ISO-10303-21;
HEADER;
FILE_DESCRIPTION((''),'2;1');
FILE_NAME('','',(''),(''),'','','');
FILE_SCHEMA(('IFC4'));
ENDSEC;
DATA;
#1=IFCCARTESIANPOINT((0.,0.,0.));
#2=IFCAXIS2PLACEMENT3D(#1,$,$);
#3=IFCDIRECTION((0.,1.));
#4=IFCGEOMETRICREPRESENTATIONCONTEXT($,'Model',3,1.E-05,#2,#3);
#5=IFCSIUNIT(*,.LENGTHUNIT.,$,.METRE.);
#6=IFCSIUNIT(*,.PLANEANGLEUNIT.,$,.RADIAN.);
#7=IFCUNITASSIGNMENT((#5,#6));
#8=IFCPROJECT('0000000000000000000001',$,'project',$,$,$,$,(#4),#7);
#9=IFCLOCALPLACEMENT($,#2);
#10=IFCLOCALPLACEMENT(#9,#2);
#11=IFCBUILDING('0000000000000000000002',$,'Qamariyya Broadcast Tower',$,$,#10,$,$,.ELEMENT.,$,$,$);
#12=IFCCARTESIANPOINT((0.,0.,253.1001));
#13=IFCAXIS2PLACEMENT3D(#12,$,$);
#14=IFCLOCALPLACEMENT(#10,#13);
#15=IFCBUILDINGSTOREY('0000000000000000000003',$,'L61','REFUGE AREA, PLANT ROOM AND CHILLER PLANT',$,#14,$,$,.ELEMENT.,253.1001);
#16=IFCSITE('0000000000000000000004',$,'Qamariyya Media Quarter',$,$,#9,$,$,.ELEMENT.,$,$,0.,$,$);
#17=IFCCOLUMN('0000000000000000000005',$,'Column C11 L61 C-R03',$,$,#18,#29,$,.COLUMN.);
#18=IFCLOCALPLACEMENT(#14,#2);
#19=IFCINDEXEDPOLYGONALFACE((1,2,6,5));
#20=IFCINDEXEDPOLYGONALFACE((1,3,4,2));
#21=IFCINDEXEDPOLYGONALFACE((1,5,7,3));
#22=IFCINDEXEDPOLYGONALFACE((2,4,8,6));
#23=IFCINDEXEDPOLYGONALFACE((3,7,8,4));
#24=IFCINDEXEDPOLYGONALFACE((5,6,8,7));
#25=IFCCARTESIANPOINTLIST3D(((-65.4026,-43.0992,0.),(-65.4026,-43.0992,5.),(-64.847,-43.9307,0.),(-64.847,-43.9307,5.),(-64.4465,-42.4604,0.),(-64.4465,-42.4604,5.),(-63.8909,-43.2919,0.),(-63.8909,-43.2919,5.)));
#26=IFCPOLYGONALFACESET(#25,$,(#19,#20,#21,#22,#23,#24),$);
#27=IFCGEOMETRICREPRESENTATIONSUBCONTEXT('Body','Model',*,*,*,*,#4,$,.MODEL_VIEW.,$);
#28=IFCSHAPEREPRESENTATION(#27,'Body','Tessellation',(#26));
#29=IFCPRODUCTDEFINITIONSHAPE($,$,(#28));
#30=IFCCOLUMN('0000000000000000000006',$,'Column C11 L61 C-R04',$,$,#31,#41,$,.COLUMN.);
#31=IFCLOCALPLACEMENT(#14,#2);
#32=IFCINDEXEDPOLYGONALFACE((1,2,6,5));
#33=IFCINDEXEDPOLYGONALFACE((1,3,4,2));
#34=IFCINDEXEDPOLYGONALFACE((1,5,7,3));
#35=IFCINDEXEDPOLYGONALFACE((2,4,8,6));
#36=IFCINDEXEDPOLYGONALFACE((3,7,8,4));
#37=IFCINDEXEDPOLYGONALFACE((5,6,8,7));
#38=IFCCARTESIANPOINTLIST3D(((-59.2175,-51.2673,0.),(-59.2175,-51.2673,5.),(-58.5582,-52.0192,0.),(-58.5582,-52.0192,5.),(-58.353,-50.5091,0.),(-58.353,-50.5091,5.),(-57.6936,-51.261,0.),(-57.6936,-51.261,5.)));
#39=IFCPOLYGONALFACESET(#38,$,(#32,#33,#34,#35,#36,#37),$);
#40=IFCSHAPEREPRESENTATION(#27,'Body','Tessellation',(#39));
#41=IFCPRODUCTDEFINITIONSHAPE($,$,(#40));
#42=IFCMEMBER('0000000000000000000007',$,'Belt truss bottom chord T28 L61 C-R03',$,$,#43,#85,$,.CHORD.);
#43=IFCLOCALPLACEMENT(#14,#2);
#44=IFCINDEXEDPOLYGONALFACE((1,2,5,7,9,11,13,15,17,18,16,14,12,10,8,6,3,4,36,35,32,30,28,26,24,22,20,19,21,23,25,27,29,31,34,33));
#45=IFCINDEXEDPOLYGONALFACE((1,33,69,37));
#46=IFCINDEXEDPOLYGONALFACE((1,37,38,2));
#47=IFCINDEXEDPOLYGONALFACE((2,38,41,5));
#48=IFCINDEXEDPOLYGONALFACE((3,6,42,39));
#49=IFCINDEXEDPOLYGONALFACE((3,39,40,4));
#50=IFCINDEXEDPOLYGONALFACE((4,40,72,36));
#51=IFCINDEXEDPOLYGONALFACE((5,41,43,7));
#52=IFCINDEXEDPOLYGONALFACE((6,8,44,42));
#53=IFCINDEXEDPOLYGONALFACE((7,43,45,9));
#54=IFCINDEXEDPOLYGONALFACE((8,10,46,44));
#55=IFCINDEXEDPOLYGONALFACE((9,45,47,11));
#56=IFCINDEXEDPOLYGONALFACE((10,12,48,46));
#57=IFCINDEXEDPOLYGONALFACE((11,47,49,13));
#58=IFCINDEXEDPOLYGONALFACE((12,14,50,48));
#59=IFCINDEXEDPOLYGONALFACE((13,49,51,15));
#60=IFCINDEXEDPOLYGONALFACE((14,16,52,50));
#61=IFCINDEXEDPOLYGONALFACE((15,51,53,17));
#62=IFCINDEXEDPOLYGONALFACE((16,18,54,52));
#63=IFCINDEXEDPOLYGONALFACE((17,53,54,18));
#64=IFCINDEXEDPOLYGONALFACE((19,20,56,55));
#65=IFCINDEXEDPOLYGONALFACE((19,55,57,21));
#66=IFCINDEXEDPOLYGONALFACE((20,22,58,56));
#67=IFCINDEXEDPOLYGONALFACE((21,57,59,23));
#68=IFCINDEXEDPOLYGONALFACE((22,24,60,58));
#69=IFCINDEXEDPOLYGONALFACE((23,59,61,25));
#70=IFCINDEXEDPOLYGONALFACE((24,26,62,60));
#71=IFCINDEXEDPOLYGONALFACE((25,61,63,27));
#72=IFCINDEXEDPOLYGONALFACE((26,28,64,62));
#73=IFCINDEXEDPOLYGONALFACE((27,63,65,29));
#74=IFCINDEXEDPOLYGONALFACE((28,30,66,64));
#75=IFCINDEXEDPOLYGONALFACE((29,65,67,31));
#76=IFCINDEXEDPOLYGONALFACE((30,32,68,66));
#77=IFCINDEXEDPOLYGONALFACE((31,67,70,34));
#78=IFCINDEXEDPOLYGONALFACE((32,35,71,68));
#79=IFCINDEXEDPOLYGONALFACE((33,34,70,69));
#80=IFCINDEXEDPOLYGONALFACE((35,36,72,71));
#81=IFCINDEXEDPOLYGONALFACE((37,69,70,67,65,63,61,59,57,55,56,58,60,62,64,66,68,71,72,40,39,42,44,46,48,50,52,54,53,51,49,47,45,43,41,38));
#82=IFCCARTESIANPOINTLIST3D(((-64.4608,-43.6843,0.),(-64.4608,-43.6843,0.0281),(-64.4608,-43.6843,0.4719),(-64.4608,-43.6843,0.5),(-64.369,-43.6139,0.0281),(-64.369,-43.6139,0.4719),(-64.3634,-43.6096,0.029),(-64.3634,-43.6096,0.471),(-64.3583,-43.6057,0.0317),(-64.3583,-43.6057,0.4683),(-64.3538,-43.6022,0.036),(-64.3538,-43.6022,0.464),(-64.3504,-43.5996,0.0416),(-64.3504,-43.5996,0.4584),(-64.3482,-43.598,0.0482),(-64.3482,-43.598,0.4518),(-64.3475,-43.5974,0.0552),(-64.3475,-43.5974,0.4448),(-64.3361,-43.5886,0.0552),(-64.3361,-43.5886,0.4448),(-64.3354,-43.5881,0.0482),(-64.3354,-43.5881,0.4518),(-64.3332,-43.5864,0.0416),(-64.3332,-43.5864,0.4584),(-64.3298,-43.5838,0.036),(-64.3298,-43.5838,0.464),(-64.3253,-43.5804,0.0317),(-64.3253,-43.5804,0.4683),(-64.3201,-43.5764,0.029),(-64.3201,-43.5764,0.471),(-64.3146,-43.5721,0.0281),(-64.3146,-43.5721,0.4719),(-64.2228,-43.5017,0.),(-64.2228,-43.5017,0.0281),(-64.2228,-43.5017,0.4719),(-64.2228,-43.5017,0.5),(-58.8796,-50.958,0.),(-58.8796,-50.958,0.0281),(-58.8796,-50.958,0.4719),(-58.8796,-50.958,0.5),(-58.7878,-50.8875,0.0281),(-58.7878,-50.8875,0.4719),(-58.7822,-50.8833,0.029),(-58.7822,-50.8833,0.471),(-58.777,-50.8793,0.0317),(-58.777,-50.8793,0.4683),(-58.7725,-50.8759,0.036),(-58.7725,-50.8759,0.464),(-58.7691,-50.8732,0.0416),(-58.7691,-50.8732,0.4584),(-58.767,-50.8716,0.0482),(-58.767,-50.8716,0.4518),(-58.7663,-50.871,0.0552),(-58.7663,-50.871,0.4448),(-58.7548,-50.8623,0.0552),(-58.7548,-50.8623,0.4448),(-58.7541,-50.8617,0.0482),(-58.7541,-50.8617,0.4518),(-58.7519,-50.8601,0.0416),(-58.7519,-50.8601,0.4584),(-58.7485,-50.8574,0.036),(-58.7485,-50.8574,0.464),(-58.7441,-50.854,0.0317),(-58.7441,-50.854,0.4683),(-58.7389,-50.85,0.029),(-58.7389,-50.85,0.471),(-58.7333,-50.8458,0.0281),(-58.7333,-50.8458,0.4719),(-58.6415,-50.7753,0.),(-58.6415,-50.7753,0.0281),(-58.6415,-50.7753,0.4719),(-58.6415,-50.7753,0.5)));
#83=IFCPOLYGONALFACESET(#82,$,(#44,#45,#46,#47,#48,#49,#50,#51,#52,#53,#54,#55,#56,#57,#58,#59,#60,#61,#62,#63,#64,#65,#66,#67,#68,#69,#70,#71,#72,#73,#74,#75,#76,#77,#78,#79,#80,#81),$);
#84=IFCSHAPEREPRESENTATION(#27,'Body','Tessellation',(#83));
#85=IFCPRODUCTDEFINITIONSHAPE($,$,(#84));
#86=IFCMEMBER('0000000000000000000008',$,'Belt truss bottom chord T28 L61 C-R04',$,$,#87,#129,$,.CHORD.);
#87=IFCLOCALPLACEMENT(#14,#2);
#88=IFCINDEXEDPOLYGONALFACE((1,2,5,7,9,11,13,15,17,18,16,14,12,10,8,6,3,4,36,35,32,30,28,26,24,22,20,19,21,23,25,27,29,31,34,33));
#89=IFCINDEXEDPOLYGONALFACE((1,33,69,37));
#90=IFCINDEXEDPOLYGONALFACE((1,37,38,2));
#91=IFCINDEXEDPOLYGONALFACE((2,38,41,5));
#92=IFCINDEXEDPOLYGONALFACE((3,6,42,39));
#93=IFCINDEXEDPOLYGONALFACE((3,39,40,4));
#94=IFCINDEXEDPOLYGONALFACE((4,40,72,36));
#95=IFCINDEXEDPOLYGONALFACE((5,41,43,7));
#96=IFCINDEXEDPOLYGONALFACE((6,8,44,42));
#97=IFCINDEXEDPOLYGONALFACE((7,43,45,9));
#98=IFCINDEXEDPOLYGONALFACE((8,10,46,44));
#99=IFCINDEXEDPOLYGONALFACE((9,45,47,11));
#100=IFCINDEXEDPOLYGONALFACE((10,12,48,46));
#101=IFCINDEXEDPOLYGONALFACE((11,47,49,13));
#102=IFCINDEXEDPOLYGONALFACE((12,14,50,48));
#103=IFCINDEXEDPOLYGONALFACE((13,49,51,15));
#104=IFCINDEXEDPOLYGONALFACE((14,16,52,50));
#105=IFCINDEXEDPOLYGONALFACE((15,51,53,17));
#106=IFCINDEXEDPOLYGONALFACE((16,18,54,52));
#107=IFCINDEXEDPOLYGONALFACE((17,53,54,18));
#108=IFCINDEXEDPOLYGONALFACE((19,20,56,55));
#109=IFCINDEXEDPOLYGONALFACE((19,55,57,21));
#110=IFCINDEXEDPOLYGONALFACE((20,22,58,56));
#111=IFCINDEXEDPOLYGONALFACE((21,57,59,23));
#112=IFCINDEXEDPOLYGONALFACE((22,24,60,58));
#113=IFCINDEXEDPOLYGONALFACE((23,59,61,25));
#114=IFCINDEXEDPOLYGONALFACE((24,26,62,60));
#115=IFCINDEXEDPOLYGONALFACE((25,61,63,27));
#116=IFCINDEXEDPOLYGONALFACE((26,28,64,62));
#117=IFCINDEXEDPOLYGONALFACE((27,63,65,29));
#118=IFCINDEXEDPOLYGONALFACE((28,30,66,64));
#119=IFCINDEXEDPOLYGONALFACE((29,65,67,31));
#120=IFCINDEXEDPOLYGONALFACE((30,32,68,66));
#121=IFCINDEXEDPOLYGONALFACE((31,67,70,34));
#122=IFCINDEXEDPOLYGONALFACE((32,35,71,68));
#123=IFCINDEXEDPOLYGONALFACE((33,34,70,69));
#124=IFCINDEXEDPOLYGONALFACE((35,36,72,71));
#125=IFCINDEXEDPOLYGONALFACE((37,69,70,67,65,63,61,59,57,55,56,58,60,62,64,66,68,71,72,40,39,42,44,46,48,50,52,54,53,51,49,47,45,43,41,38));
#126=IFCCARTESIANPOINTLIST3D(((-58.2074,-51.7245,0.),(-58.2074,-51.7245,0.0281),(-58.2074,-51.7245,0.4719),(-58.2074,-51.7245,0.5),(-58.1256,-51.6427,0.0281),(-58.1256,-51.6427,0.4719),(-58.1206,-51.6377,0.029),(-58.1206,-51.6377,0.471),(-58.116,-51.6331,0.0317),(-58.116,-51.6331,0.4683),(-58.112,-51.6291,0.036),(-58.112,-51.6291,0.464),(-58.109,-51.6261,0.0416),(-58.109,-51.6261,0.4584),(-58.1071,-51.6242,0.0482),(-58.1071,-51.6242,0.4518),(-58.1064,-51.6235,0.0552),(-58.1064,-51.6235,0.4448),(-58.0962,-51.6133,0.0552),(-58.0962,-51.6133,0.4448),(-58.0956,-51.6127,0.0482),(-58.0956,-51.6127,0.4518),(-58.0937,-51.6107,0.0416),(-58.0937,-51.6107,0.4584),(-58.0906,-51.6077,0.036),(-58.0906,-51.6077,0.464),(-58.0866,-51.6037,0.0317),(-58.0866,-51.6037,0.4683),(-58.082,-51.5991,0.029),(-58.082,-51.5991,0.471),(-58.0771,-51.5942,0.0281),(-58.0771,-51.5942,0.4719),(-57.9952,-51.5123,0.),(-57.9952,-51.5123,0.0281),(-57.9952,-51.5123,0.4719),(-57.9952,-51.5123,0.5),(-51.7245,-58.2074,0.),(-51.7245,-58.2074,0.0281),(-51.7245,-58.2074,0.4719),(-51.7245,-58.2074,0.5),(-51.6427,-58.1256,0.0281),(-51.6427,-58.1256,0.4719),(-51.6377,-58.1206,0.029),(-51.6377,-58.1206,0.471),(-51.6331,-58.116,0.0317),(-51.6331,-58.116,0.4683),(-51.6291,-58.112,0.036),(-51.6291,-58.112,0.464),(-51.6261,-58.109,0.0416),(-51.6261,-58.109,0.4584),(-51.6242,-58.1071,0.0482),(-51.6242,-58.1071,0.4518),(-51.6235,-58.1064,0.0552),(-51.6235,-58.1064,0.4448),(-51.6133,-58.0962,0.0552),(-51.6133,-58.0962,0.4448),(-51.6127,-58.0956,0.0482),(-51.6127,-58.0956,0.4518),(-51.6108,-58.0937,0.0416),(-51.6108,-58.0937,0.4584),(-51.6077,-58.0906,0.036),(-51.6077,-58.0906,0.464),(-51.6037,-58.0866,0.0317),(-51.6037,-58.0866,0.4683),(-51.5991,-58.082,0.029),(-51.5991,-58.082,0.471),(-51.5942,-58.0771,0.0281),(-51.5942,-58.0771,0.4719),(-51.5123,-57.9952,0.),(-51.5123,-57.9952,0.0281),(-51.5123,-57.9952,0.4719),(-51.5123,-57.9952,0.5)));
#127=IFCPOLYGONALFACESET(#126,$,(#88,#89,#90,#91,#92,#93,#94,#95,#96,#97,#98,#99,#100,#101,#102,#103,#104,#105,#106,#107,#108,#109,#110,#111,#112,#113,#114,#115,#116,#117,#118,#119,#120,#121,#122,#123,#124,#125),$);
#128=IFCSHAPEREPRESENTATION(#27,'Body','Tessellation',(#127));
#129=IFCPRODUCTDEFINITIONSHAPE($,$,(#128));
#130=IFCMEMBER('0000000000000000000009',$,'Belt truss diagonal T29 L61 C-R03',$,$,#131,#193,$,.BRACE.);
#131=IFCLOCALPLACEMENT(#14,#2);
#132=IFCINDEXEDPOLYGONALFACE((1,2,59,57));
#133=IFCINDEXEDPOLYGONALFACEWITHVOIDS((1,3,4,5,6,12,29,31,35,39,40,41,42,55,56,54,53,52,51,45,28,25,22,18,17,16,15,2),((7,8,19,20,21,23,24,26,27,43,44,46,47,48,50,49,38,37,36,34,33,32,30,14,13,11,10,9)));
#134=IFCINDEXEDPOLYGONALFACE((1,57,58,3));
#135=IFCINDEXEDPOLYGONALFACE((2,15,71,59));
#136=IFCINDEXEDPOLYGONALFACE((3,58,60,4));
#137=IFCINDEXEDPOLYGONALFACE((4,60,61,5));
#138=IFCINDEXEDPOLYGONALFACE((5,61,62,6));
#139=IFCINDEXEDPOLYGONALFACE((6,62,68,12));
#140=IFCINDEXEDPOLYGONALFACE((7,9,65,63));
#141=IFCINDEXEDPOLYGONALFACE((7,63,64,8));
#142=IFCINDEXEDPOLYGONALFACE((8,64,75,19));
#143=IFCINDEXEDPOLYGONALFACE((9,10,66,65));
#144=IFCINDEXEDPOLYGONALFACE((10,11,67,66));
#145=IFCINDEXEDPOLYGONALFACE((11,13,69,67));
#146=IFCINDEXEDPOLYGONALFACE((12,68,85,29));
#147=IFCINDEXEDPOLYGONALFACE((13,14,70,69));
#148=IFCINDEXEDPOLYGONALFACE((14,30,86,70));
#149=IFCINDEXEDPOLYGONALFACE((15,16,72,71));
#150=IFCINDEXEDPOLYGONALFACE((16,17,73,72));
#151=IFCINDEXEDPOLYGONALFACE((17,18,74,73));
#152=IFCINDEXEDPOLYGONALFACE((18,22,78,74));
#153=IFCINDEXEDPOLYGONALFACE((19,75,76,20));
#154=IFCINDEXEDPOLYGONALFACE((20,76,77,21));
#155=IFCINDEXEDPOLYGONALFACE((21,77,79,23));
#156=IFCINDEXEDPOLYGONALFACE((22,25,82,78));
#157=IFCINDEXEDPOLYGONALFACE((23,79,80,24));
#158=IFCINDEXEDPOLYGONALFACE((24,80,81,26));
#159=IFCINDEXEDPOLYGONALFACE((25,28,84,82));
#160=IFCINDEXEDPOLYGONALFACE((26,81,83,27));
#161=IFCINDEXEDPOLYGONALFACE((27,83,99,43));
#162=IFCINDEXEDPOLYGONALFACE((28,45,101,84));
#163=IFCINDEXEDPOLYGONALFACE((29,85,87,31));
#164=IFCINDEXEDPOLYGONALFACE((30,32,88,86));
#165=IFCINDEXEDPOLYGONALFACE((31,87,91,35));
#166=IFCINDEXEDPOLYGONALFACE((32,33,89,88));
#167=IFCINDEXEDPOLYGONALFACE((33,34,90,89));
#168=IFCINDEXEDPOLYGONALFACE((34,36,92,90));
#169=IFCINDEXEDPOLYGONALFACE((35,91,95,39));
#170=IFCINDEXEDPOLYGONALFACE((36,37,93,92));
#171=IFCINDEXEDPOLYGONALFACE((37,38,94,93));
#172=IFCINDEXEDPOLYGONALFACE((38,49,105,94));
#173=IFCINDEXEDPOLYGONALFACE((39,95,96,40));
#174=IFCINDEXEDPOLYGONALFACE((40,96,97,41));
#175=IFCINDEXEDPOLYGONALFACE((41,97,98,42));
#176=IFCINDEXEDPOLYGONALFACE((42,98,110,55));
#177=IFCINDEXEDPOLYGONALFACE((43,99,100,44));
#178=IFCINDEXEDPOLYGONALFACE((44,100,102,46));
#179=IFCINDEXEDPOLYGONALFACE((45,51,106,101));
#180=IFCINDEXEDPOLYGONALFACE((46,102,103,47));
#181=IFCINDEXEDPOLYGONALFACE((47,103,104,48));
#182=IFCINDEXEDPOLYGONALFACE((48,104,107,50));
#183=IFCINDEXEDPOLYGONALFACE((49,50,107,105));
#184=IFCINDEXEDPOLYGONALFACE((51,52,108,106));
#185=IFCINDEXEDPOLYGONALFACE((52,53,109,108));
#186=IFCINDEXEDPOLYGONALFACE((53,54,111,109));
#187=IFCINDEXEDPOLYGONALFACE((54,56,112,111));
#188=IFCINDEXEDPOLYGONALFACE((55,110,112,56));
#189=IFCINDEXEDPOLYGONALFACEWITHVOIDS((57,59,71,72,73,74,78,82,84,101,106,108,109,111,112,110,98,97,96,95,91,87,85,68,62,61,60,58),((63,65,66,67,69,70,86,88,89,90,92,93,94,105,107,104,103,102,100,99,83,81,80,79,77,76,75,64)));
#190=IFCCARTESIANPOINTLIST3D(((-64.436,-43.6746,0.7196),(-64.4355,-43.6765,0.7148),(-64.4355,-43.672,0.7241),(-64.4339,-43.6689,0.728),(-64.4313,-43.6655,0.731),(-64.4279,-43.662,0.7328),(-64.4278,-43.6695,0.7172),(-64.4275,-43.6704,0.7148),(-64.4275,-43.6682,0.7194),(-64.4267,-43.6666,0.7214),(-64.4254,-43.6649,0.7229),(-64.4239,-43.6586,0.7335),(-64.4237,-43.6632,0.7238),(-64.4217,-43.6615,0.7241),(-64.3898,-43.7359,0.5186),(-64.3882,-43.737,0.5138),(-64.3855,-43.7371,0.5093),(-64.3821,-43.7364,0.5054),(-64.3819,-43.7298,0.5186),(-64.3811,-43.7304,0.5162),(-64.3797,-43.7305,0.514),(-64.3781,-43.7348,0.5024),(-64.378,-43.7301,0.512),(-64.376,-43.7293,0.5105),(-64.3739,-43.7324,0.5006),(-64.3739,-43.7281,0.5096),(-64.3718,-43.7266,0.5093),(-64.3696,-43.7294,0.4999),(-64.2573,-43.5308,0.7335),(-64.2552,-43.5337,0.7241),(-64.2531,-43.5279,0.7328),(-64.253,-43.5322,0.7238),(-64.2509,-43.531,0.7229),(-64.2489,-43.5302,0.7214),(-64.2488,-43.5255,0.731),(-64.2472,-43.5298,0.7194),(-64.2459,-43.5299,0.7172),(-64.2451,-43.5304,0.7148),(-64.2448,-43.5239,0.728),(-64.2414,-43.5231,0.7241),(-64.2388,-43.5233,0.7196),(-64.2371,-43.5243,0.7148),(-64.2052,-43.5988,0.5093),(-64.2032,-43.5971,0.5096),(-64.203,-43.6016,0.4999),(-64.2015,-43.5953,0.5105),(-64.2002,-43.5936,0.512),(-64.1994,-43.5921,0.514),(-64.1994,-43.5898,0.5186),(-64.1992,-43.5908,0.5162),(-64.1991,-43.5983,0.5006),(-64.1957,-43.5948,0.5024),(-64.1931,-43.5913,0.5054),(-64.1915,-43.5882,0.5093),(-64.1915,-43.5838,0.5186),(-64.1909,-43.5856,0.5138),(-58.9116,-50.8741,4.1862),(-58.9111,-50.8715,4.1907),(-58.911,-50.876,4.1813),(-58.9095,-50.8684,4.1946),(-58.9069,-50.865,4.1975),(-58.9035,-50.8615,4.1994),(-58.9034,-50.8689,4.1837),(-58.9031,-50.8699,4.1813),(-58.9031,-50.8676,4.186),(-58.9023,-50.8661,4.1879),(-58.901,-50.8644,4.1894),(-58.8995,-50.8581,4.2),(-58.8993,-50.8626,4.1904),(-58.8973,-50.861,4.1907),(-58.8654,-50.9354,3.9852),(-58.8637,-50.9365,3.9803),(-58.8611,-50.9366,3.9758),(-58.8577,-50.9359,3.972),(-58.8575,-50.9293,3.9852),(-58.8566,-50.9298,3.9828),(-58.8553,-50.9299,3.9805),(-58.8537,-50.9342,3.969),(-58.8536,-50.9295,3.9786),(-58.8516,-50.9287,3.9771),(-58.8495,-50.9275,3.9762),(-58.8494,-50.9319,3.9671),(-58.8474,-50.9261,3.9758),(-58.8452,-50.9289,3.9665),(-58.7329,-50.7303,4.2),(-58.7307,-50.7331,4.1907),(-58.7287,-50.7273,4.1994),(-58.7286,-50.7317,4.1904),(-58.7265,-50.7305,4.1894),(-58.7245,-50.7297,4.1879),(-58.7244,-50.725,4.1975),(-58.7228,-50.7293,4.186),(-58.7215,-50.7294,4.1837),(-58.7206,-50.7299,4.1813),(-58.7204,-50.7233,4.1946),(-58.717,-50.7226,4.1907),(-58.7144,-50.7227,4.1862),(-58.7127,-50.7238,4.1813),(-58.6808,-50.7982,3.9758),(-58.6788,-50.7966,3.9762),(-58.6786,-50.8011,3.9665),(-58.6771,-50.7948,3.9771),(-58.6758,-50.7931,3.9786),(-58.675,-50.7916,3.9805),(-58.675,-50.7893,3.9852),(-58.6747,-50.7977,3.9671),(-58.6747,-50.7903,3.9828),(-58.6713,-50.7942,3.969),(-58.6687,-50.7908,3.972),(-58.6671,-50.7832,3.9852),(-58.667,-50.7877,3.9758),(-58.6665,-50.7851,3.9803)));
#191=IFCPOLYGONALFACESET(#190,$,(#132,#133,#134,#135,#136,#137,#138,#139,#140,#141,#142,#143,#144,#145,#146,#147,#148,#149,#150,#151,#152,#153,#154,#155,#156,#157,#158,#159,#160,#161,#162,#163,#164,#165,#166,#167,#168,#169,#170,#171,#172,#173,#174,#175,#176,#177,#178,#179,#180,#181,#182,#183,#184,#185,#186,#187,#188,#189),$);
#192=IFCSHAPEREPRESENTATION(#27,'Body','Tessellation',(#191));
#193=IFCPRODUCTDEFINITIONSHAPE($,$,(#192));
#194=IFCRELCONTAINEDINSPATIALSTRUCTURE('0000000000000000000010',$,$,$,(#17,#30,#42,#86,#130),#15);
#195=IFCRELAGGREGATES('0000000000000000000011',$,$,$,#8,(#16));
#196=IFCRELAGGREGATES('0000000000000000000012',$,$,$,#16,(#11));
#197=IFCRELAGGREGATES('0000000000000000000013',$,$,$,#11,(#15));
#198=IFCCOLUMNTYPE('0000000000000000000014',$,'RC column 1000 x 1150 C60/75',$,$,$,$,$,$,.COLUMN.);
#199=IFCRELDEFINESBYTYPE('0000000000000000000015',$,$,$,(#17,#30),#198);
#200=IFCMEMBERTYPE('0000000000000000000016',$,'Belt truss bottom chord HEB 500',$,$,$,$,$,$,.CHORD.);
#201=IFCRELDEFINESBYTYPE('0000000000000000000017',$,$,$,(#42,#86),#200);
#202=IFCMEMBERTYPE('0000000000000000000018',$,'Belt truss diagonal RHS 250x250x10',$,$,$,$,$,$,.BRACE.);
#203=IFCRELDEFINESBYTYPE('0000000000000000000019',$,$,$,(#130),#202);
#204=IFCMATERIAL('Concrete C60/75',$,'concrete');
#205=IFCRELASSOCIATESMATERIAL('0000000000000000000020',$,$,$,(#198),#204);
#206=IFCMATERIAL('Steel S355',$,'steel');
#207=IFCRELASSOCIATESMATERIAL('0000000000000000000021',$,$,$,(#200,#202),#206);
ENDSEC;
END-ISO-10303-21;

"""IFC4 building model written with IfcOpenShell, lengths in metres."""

from ifc_helpers import new_model, si_unit, direction, frame, origin, origin_2d, place, context, subcontext, project, spatial, rectangle, hollow_rectangle, i_section, extrude, material, material_profile, profile_set, type_object, element, save


model = new_model("IFC4")

# Units and contexts
model_context = context("Model", 3, precision=1e-05, world=origin(), true_north=direction((0.0, 1.0)))
body_context = subcontext(model_context, "Body", "Model", "MODEL_VIEW")
ifc_project = project(units=[si_unit("LENGTHUNIT", "METRE"), si_unit("PLANEANGLEUNIT", "RADIAN")], contexts=[model_context])

# Site, building, storey
site_placement = place(None, origin())
site = spatial("IfcSite", under=ifc_project, at=site_placement, Name="Qamariyya Media Quarter", CompositionType="ELEMENT", RefElevation=0.0)
building_placement = place(site_placement, origin())
building = spatial("IfcBuilding", under=site, at=building_placement, Name="Qamariyya Broadcast Tower", CompositionType="ELEMENT")
storey_placement = place(building_placement, frame((0.0, 0.0, 253.1001)))
storey = spatial("IfcBuildingStorey", under=building, at=storey_placement, Name="L61", Description="REFUGE AREA, PLANT ROOM AND CHILLER PLANT", CompositionType="ELEMENT", Elevation=253.1001)

# Columns
ifc_material_1 = material(Name="Concrete C60/75", Category="concrete")
ifc_material_profile_1 = material_profile(ifc_material_1, rectangle(XDim=1.0, YDim=1.1499, at=origin_2d()))
ifc_profile_set_1 = profile_set([ifc_material_profile_1], Name="Concrete C60/75")
column_type = type_object("IfcColumnType", Name="RC column 1000 x 1150 C60/75", PredefinedType="COLUMN", material=ifc_profile_set_1)
for number, where, z_axis, x_axis, name in (
    (1, (-64.6467, -43.1956, 0.0), (0.0, 0.0, 1.0), (0.55557, -0.83147, 0.0), "Column C11 L61 C-R03"),
    (2, (-58.4556, -51.2642, 0.0), (0.0, 0.0, 1.0), (0.659346, -0.75184, 0.0), "Column C11 L61 C-R04"),
):
    element("IfcColumn", number, at=place(storey_placement, frame(where, z_axis=z_axis, x_axis=x_axis)), inside=storey, type_object=column_type, Name=name, PredefinedType="COLUMN", context=body_context, shape_type="SweptSolid", body=[
        extrude(rectangle(XDim=1.0, YDim=1.1499, at=origin_2d()), origin(), (0.0, 0.0, 1.0), 5.0),
    ])

# Members
ifc_material_2 = material(Name="Steel S355", Category="steel")
ifc_material_profile_2 = material_profile(ifc_material_2, i_section(OverallWidth=0.3, OverallDepth=0.5, WebThickness=0.0144, FlangeThickness=0.0281, FilletRadius=0.0271, at=origin_2d()))
ifc_profile_set_2 = profile_set([ifc_material_profile_2], Name="Steel S355")
member_type_1 = type_object("IfcMemberType", Name="Belt truss bottom chord HEB 500", PredefinedType="CHORD", material=ifc_profile_set_2)
for number, where, z_axis, x_axis, name in (
    (3, (-64.3418, -43.593, 0.25), (0.608762, -0.793353, 0.0), (0.793353, 0.608762, 0.0), "Belt truss bottom chord T28 L61 C-R03"),
    (4, (-58.1013, -51.6184, 0.25), (0.707107, -0.707107, 0.0), (0.707107, 0.707107, 0.0), "Belt truss bottom chord T28 L61 C-R04"),
):
    element("IfcMember", number, at=place(storey_placement, frame(where, z_axis=z_axis, x_axis=x_axis)), inside=storey, type_object=member_type_1, Name=name, PredefinedType="CHORD", context=body_context, shape_type="SweptSolid", body=[
        extrude(i_section(OverallWidth=0.3, OverallDepth=0.5, WebThickness=0.0144, FlangeThickness=0.0281, FilletRadius=0.0271, at=origin_2d()), origin(), (0.0, 0.0, 1.0), 9.1682),
    ])
ifc_material_profile_3 = material_profile(ifc_material_2, hollow_rectangle(XDim=0.25, YDim=0.25, WallThickness=0.01, InnerFilletRadius=0.01, OuterFilletRadius=0.02, at=origin_2d()))
ifc_profile_set_3 = profile_set([ifc_material_profile_3], Name="Steel S355")
member_type_2 = type_object("IfcMemberType", Name="Belt truss diagonal RHS 250x250x10", PredefinedType="BRACE", material=ifc_profile_set_3)
member_1_placement = place(storey_placement, frame((-64.3135, -43.6301, 0.6167), z_axis=(0.568686, -0.741117, 0.356849), x_axis=(0.79335, 0.608766, 0.0)))
element("IfcMember", 5, at=member_1_placement, inside=storey, type_object=member_type_2, Name="Belt truss diagonal T29 L61 C-R03", PredefinedType="BRACE", context=body_context, shape_type="SweptSolid", body=[
    extrude(hollow_rectangle(XDim=0.25, YDim=0.25, WallThickness=0.01, InnerFilletRadius=0.01, OuterFilletRadius=0.02, at=origin_2d()), origin(), (0.0, 0.0, 1.0), 9.7144),
])

save(model, "model.ifc")
